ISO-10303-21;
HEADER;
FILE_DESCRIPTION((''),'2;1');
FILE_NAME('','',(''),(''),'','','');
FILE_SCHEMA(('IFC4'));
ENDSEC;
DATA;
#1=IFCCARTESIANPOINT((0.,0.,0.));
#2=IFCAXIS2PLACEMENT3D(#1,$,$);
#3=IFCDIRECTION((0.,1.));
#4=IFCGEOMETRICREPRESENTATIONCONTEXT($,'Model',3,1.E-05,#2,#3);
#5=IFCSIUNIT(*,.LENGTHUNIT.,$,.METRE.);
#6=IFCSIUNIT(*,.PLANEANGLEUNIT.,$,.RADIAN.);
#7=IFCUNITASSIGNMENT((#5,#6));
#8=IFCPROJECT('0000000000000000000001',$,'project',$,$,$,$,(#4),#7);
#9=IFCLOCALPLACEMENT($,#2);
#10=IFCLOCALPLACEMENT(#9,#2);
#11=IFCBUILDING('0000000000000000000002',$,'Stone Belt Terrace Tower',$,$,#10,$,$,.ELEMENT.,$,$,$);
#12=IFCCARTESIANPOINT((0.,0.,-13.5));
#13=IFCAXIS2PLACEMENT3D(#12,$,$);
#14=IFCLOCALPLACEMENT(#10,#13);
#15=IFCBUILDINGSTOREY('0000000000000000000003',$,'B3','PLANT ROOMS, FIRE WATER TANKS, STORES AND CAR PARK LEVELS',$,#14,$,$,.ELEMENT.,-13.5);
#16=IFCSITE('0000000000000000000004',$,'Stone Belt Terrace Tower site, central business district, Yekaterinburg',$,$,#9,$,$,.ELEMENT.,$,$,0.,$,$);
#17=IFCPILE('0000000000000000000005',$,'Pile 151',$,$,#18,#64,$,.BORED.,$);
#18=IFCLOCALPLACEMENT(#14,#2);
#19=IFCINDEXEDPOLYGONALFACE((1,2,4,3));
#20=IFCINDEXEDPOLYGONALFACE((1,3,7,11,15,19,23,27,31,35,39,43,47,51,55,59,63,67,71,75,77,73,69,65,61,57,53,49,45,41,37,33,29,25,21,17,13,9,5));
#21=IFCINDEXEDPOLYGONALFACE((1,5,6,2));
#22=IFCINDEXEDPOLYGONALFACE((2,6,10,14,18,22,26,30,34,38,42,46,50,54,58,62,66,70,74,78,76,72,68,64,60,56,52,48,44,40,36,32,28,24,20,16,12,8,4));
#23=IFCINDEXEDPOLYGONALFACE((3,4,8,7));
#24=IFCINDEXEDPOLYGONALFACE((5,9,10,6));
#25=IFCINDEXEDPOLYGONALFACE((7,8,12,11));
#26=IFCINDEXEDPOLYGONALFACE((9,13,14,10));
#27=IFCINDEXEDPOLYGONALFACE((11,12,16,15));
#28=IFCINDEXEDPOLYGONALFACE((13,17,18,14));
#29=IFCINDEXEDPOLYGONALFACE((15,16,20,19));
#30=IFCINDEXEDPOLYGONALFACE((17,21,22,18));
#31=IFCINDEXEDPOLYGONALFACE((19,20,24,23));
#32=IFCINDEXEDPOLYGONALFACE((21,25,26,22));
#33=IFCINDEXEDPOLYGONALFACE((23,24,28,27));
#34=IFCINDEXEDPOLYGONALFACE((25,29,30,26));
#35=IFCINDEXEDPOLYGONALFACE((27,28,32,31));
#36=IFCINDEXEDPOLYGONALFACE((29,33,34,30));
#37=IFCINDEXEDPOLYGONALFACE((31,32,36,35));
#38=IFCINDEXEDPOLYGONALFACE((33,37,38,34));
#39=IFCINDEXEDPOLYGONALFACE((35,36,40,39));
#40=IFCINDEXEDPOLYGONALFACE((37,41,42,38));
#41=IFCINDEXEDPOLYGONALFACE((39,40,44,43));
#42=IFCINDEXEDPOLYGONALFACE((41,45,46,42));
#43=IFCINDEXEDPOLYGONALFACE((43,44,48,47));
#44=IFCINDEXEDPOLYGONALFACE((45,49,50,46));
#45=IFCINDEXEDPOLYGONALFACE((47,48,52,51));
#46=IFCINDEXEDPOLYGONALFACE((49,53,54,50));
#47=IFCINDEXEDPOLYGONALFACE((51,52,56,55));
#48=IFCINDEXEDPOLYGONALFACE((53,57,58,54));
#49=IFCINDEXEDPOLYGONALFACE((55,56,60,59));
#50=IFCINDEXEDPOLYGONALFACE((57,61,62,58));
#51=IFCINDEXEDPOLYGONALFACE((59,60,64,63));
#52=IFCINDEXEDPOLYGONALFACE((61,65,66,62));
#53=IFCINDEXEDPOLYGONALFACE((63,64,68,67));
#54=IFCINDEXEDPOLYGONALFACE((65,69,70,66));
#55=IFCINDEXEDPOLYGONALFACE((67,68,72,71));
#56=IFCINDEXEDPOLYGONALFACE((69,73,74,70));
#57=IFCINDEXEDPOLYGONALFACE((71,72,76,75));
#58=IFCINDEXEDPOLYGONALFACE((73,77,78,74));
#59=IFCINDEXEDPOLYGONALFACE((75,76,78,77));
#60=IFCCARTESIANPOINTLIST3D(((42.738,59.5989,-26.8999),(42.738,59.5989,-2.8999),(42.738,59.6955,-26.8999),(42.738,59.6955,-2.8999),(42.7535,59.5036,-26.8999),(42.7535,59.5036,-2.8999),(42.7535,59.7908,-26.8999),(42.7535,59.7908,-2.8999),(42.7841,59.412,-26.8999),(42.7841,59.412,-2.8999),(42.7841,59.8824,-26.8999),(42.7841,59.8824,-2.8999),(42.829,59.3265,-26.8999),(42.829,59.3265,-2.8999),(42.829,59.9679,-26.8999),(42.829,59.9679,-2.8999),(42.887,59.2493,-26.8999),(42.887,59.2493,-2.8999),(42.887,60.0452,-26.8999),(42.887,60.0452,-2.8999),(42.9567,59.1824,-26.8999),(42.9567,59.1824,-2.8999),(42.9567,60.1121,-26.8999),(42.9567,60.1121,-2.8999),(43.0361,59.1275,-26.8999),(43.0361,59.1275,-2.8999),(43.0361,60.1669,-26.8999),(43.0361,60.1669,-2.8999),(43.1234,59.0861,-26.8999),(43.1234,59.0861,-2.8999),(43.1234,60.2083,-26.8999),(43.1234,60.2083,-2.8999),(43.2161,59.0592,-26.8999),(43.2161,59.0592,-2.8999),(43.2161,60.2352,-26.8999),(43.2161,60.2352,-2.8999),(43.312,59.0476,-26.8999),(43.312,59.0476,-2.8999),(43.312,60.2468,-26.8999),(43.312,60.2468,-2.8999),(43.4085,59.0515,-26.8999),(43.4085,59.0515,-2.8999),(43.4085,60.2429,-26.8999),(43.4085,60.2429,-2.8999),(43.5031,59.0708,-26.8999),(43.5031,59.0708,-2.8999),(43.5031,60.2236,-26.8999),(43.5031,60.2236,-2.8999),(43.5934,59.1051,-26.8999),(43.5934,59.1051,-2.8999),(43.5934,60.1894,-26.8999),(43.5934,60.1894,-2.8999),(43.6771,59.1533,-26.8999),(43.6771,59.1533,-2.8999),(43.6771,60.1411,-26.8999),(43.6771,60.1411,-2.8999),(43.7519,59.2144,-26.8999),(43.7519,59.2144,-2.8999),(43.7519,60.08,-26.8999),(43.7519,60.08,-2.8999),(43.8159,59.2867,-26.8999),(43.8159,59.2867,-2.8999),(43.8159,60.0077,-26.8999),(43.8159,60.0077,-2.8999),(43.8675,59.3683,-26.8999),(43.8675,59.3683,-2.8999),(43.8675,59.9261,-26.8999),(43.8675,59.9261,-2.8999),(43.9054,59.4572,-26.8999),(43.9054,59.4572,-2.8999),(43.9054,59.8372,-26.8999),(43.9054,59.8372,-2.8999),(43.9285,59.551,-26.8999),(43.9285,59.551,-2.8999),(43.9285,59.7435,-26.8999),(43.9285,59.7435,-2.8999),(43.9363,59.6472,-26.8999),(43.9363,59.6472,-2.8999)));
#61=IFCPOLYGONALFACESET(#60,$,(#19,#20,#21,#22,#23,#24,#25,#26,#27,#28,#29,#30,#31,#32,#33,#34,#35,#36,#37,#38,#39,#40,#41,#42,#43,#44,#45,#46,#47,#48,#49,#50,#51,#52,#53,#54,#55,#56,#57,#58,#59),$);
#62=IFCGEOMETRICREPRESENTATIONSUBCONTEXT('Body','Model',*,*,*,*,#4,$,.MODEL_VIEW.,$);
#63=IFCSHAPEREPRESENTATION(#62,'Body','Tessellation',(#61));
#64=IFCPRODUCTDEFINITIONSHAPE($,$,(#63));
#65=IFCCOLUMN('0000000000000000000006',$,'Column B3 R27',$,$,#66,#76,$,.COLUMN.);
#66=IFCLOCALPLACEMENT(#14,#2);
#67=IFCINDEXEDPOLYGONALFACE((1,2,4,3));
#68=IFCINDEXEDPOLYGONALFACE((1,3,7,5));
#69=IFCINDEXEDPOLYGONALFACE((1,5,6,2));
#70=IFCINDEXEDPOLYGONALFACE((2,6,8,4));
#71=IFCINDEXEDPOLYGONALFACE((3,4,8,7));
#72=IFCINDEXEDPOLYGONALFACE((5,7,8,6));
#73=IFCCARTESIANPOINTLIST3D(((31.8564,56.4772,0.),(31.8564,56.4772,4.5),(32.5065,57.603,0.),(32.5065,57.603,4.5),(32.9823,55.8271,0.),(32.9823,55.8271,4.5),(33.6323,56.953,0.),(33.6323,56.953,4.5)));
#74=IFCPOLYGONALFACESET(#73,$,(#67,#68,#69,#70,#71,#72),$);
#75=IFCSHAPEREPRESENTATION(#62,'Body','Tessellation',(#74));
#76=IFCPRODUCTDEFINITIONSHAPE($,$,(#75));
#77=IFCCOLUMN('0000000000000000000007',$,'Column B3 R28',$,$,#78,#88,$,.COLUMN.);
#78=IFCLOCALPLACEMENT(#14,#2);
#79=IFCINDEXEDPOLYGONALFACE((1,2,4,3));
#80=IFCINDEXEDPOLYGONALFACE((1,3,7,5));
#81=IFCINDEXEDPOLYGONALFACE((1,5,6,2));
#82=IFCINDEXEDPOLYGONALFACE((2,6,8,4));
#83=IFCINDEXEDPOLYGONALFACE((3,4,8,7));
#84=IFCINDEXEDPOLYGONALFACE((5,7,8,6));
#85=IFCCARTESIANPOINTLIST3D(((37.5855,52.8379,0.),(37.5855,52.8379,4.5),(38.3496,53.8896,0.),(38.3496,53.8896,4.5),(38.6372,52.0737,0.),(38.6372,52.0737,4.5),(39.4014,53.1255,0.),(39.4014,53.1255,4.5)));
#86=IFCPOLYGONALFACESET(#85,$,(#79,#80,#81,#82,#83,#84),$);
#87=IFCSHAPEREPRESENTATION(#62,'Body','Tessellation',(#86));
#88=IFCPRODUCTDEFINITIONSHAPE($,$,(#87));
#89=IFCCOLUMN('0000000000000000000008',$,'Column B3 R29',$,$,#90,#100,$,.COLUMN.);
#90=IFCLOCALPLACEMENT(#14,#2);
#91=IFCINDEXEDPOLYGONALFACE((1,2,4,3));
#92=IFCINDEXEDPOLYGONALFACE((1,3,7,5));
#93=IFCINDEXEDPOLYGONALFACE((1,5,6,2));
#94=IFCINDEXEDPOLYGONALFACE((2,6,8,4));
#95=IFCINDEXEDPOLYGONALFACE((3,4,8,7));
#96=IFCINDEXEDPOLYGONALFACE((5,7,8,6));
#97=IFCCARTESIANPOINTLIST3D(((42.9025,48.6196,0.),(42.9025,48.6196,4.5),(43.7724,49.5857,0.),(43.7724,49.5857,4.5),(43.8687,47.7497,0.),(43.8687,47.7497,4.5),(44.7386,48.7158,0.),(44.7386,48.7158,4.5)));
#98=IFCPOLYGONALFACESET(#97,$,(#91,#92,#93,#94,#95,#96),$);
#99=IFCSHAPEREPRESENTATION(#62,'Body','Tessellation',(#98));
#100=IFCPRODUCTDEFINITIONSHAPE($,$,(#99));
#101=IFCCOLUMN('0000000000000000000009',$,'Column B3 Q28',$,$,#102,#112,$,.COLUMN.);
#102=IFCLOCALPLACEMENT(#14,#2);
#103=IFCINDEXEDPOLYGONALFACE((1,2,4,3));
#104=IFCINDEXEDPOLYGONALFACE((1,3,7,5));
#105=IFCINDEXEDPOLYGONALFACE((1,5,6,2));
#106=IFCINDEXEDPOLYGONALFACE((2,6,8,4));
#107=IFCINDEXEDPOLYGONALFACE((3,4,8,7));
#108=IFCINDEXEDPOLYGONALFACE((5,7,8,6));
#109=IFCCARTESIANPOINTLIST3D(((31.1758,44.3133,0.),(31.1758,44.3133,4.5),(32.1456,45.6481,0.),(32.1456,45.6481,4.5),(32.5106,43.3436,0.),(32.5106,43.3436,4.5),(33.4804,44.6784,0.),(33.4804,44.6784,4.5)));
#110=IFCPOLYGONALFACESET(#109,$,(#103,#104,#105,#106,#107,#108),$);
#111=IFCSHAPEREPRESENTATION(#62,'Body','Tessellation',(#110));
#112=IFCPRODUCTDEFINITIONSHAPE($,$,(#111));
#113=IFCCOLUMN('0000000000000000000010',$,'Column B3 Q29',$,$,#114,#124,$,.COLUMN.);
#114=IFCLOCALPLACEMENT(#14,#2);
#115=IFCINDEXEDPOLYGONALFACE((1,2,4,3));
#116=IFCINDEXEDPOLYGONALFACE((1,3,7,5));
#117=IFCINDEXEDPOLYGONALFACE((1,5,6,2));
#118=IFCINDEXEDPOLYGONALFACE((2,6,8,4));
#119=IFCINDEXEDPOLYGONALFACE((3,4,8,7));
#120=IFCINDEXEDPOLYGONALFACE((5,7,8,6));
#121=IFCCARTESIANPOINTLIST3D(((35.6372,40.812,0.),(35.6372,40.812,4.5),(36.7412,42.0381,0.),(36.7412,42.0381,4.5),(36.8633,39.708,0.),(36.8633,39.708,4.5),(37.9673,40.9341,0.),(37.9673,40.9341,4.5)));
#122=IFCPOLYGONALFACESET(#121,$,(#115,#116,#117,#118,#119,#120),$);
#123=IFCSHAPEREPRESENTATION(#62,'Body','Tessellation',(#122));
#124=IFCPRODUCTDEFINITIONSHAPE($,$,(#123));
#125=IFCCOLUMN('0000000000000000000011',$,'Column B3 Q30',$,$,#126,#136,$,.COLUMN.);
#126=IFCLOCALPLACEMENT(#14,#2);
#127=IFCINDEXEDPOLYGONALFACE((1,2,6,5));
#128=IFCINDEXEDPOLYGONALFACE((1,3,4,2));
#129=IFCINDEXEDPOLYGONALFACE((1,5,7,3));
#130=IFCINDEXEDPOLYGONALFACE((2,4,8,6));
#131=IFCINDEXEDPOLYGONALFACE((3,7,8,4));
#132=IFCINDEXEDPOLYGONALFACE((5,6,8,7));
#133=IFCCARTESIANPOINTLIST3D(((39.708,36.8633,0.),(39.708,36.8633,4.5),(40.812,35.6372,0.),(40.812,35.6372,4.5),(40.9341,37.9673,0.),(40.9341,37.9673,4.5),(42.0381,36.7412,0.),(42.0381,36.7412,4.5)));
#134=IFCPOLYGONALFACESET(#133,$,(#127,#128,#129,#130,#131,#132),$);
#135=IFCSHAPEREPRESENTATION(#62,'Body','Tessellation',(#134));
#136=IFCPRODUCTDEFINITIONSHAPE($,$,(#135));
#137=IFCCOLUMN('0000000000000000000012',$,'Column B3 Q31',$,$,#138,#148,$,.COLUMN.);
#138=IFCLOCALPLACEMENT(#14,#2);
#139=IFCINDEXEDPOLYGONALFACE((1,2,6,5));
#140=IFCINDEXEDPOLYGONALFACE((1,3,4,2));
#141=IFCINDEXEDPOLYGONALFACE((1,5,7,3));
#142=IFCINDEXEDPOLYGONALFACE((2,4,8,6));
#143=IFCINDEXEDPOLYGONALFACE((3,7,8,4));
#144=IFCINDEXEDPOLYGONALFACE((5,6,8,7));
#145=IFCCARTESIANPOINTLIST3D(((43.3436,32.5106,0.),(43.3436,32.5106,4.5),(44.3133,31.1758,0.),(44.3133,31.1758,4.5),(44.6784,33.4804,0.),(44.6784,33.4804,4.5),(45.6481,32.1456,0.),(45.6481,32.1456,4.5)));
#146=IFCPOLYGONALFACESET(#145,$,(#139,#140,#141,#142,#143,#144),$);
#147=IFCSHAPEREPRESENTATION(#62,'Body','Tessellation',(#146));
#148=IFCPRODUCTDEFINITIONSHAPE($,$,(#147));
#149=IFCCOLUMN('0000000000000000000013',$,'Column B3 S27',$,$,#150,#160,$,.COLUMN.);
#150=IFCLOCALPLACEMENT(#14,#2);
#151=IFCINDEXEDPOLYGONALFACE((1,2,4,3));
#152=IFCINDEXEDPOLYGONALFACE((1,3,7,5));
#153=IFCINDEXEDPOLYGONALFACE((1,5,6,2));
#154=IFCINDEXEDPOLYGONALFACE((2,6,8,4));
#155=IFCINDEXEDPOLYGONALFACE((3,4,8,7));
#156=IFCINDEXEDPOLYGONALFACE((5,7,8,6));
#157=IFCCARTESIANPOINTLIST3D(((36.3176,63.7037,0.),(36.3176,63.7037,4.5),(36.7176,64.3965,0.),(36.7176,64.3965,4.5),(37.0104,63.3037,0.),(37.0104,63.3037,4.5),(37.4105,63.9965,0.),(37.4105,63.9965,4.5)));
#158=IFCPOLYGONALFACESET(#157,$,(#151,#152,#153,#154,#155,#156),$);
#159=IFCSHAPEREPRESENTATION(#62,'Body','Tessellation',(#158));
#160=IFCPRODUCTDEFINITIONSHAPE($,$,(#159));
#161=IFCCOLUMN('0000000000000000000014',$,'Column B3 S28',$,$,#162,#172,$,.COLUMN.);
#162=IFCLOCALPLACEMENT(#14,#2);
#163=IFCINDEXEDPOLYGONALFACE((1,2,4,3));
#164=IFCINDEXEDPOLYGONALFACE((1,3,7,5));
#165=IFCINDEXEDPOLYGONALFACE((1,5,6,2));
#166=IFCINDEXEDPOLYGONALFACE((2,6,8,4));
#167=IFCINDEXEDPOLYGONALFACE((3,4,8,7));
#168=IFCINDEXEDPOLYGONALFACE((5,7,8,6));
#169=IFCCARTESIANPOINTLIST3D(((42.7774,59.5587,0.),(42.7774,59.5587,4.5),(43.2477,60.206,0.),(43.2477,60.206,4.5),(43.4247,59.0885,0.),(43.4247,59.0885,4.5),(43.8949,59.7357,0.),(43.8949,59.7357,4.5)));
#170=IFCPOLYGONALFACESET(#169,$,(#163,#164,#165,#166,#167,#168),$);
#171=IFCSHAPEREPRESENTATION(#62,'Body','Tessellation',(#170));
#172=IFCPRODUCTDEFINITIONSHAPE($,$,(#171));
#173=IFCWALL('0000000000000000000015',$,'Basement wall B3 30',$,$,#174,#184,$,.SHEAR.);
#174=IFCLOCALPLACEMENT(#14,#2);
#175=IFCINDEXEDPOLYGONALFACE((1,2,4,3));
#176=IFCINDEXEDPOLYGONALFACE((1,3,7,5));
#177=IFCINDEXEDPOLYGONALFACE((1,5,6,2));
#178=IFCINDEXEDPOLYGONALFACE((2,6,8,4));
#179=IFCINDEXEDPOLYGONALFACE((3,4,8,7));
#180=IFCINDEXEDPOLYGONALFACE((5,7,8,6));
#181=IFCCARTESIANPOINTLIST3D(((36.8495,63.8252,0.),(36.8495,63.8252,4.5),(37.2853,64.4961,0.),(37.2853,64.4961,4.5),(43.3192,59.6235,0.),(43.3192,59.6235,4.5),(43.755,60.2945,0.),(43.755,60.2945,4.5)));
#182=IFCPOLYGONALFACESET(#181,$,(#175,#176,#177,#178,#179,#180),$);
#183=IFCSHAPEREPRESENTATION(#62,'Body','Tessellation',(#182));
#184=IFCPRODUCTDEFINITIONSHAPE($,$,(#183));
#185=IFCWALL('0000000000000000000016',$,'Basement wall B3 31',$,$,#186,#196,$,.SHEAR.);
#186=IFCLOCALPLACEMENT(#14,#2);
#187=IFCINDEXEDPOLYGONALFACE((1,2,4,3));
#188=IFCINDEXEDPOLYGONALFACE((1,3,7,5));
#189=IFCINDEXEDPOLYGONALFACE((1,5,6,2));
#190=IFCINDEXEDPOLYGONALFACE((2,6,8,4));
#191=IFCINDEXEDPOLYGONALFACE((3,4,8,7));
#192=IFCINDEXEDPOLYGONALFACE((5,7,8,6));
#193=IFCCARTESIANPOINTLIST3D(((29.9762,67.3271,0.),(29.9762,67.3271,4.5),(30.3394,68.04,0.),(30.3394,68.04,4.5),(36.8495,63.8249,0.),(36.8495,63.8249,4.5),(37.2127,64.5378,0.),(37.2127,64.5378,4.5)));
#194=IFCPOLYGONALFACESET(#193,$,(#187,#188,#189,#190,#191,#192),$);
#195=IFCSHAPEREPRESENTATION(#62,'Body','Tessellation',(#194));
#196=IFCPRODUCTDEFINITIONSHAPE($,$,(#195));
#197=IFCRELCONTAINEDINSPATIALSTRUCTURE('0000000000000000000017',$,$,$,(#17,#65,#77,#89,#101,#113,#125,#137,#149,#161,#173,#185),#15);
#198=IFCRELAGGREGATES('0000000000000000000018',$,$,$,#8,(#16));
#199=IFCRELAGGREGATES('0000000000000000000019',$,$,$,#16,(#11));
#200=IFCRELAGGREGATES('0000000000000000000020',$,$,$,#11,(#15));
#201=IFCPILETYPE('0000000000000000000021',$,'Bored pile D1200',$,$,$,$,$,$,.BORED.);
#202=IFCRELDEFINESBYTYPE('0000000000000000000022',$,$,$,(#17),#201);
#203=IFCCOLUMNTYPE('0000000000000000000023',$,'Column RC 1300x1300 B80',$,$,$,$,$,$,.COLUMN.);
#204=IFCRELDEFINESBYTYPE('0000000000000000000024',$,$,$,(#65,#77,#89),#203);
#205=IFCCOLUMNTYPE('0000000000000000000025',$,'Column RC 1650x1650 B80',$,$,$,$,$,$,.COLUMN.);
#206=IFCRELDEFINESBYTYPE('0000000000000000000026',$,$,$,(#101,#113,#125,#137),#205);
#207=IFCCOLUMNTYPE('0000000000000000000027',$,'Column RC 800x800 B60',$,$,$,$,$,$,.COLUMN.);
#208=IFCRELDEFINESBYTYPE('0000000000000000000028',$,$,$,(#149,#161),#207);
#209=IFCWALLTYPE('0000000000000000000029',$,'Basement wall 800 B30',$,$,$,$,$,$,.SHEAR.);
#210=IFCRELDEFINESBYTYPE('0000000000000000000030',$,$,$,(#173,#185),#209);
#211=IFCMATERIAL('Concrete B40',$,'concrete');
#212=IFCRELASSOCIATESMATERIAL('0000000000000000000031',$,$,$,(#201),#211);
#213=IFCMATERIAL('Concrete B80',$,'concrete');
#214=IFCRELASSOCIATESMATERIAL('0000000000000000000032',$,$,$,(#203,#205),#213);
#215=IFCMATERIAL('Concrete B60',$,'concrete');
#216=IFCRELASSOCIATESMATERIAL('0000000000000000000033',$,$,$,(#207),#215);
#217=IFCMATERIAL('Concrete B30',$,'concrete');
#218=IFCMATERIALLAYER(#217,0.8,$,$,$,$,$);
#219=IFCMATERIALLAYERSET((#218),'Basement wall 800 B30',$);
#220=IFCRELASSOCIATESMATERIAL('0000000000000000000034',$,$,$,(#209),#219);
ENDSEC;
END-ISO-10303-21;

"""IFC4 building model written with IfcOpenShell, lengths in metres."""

from ifc_helpers import new_model, si_unit, direction, frame, frame_2d, origin, origin_2d, place, context, subcontext, project, spatial, rectangle, circle, extrude, material, layer, layer_set, material_profile, profile_set, type_object, element, save


model = new_model("IFC4")

# Units and contexts
model_context = context("Model", 3, precision=1e-05, world=origin(), true_north=direction((0.0, 1.0)))
body_context = subcontext(model_context, "Body", "Model", "MODEL_VIEW")
ifc_project = project(units=[si_unit("LENGTHUNIT", "METRE"), si_unit("PLANEANGLEUNIT", "RADIAN")], contexts=[model_context])

# Site, building, storey
site_placement = place(None, origin())
site = spatial("IfcSite", under=ifc_project, at=site_placement, Name="Stone Belt Terrace Tower site, central business district, Yekaterinburg", CompositionType="ELEMENT", RefElevation=0.0)
building_placement = place(site_placement, origin())
building = spatial("IfcBuilding", under=site, at=building_placement, Name="Stone Belt Terrace Tower", CompositionType="ELEMENT")
storey_placement = place(building_placement, frame((0.0, 0.0, -13.5)))
storey = spatial("IfcBuildingStorey", under=building, at=storey_placement, Name="B3", Description="PLANT ROOMS, FIRE WATER TANKS, STORES AND CAR PARK LEVELS", CompositionType="ELEMENT", Elevation=-13.5)

# Pile
ifc_material_1 = material(Name="Concrete B40", Category="concrete")
ifc_material_profile_1 = material_profile(ifc_material_1, circle(Radius=0.6001, at=origin_2d()), Name="PILE D1200")
ifc_profile_set_1 = profile_set([ifc_material_profile_1], Name="Concrete B40")
pile_type = type_object("IfcPileType", Name="Bored pile D1200", PredefinedType="BORED", material=ifc_profile_set_1)
for number, where, z_axis, x_axis, name in (
    (1, (43.3362, 59.6472, -2.8999), (0.0, 0.0, -1.0), (1.0, 0.0, 0.0), "Pile 151"),
):
    element("IfcPile", number, at=place(storey_placement, frame(where, z_axis=z_axis, x_axis=x_axis)), inside=storey, type_object=pile_type, Name=name, PredefinedType="BORED", context=body_context, shape_type="SweptSolid", body=[
        extrude(circle(Radius=0.6001, at=origin_2d()), origin(), (0.0, 0.0, 1.0), 24.0),
    ])

# Columns
ifc_material_2 = material(Name="Concrete B80", Category="concrete")
ifc_material_profile_2 = material_profile(ifc_material_2, rectangle(XDim=1.3, YDim=1.3, at=origin_2d()), Name="RC 1300x1300")
ifc_profile_set_2 = profile_set([ifc_material_profile_2], Name="Concrete B80")
column_type_1 = type_object("IfcColumnType", Name="Column RC 1300x1300 B80", PredefinedType="COLUMN", material=ifc_profile_set_2)
for number, where, z_axis, x_axis, name in (
    (2, (32.7444, 56.7151, 0.0), (0.0, 0.0, 1.0), (0.866025, -0.5, 0.0), "Column B3 R27"),
    (3, (38.4934, 52.9817, 0.0), (0.0, 0.0, 1.0), (0.809017, -0.587785, 0.0), "Column B3 R28"),
    (4, (43.8206, 48.6677, 0.0), (0.0, 0.0, 1.0), (0.743145, -0.669131, 0.0), "Column B3 R29"),
):
    element("IfcColumn", number, at=place(storey_placement, frame(where, z_axis=z_axis, x_axis=x_axis)), inside=storey, type_object=column_type_1, Name=name, PredefinedType="COLUMN", context=body_context, shape_type="SweptSolid", body=[
        extrude(rectangle(XDim=1.3, YDim=1.3, at=origin_2d()), origin(), (0.0, 0.0, 1.0), 4.5),
    ])
ifc_material_profile_3 = material_profile(ifc_material_2, rectangle(XDim=1.6499, YDim=1.6499, at=origin_2d()), Name="RC 1650x1650")
ifc_profile_set_3 = profile_set([ifc_material_profile_3], Name="Concrete B80")
column_type_2 = type_object("IfcColumnType", Name="Column RC 1650x1650 B80", PredefinedType="COLUMN", material=ifc_profile_set_3)
for number, where, z_axis, x_axis, name in (
    (5, (32.3281, 44.4958, 0.0), (0.0, 0.0, 1.0), (0.809017, -0.587785, 0.0), "Column B3 Q28"),
    (6, (36.8022, 40.873, 0.0), (0.0, 0.0, 1.0), (0.743145, -0.669131, 0.0), "Column B3 Q29"),
    (7, (40.873, 36.8022, 0.0), (0.0, 0.0, 1.0), (0.669131, -0.743145, 0.0), "Column B3 Q30"),
    (8, (44.4958, 32.3281, 0.0), (0.0, 0.0, 1.0), (0.587785, -0.809017, 0.0), "Column B3 Q31"),
):
    element("IfcColumn", number, at=place(storey_placement, frame(where, z_axis=z_axis, x_axis=x_axis)), inside=storey, type_object=column_type_2, Name=name, PredefinedType="COLUMN", context=body_context, shape_type="SweptSolid", body=[
        extrude(rectangle(XDim=1.6499, YDim=1.6499, at=origin_2d()), origin(), (0.0, 0.0, 1.0), 4.5),
    ])
ifc_material_3 = material(Name="Concrete B60", Category="concrete")
ifc_material_profile_4 = material_profile(ifc_material_3, rectangle(XDim=0.8, YDim=0.8, at=origin_2d()), Name="RC 800x800")
ifc_profile_set_4 = profile_set([ifc_material_profile_4], Name="Concrete B60")
column_type_3 = type_object("IfcColumnType", Name="Column RC 800x800 B60", PredefinedType="COLUMN", material=ifc_profile_set_4)
for number, where, z_axis, x_axis, name in (
    (9, (36.864, 63.8501, 0.0), (0.0, 0.0, 1.0), (0.866025, -0.5, 0.0), "Column B3 S27"),
    (10, (43.3362, 59.6472, 0.0), (0.0, 0.0, 1.0), (0.809017, -0.587785, 0.0), "Column B3 S28"),
):
    element("IfcColumn", number, at=place(storey_placement, frame(where, z_axis=z_axis, x_axis=x_axis)), inside=storey, type_object=column_type_3, Name=name, PredefinedType="COLUMN", context=body_context, shape_type="SweptSolid", body=[
        extrude(rectangle(XDim=0.8, YDim=0.8, at=origin_2d()), origin(), (0.0, 0.0, 1.0), 4.5),
    ])

# Walls
ifc_material_4 = material(Name="Concrete B30", Category="concrete")
ifc_layer_1 = layer(ifc_material_4, 0.8)
ifc_layer_set_1 = layer_set([ifc_layer_1], Name="Basement wall 800 B30")
wall_type_1 = type_object("IfcWallType", Name="Basement wall 800 B30", PredefinedType="SHEAR", material=ifc_layer_set_1)
wall_1_placement = place(storey_placement, frame((43.5371, 59.959, 0.0), z_axis=(0.0, 0.0, 1.0), x_axis=(-0.83866, 0.544655, 0.0)))
element("IfcWall", 11, at=wall_1_placement, inside=storey, type_object=wall_type_1, Name="Basement wall B3 30", PredefinedType="SHEAR", context=body_context, shape_type="SweptSolid", body=[
    extrude(rectangle(XDim=7.7144, YDim=0.8, at=frame_2d((3.8572, 0.0))), origin(), (0.0, 0.0, 1.0), 4.5),
])
wall_2_placement = place(storey_placement, frame((37.031, 64.1814, 0.0), z_axis=(0.0, 0.0, 1.0), x_axis=(-0.891002, 0.453999, 0.0)))
element("IfcWall", 12, at=wall_2_placement, inside=storey, type_object=wall_type_1, Name="Basement wall B3 31", PredefinedType="SHEAR", context=body_context, shape_type="SweptSolid", body=[
    extrude(rectangle(XDim=7.7141, YDim=0.8, at=frame_2d((3.8569, 0.0))), origin(), (0.0, 0.0, 1.0), 4.5),
])

save(model, "model.ifc")
